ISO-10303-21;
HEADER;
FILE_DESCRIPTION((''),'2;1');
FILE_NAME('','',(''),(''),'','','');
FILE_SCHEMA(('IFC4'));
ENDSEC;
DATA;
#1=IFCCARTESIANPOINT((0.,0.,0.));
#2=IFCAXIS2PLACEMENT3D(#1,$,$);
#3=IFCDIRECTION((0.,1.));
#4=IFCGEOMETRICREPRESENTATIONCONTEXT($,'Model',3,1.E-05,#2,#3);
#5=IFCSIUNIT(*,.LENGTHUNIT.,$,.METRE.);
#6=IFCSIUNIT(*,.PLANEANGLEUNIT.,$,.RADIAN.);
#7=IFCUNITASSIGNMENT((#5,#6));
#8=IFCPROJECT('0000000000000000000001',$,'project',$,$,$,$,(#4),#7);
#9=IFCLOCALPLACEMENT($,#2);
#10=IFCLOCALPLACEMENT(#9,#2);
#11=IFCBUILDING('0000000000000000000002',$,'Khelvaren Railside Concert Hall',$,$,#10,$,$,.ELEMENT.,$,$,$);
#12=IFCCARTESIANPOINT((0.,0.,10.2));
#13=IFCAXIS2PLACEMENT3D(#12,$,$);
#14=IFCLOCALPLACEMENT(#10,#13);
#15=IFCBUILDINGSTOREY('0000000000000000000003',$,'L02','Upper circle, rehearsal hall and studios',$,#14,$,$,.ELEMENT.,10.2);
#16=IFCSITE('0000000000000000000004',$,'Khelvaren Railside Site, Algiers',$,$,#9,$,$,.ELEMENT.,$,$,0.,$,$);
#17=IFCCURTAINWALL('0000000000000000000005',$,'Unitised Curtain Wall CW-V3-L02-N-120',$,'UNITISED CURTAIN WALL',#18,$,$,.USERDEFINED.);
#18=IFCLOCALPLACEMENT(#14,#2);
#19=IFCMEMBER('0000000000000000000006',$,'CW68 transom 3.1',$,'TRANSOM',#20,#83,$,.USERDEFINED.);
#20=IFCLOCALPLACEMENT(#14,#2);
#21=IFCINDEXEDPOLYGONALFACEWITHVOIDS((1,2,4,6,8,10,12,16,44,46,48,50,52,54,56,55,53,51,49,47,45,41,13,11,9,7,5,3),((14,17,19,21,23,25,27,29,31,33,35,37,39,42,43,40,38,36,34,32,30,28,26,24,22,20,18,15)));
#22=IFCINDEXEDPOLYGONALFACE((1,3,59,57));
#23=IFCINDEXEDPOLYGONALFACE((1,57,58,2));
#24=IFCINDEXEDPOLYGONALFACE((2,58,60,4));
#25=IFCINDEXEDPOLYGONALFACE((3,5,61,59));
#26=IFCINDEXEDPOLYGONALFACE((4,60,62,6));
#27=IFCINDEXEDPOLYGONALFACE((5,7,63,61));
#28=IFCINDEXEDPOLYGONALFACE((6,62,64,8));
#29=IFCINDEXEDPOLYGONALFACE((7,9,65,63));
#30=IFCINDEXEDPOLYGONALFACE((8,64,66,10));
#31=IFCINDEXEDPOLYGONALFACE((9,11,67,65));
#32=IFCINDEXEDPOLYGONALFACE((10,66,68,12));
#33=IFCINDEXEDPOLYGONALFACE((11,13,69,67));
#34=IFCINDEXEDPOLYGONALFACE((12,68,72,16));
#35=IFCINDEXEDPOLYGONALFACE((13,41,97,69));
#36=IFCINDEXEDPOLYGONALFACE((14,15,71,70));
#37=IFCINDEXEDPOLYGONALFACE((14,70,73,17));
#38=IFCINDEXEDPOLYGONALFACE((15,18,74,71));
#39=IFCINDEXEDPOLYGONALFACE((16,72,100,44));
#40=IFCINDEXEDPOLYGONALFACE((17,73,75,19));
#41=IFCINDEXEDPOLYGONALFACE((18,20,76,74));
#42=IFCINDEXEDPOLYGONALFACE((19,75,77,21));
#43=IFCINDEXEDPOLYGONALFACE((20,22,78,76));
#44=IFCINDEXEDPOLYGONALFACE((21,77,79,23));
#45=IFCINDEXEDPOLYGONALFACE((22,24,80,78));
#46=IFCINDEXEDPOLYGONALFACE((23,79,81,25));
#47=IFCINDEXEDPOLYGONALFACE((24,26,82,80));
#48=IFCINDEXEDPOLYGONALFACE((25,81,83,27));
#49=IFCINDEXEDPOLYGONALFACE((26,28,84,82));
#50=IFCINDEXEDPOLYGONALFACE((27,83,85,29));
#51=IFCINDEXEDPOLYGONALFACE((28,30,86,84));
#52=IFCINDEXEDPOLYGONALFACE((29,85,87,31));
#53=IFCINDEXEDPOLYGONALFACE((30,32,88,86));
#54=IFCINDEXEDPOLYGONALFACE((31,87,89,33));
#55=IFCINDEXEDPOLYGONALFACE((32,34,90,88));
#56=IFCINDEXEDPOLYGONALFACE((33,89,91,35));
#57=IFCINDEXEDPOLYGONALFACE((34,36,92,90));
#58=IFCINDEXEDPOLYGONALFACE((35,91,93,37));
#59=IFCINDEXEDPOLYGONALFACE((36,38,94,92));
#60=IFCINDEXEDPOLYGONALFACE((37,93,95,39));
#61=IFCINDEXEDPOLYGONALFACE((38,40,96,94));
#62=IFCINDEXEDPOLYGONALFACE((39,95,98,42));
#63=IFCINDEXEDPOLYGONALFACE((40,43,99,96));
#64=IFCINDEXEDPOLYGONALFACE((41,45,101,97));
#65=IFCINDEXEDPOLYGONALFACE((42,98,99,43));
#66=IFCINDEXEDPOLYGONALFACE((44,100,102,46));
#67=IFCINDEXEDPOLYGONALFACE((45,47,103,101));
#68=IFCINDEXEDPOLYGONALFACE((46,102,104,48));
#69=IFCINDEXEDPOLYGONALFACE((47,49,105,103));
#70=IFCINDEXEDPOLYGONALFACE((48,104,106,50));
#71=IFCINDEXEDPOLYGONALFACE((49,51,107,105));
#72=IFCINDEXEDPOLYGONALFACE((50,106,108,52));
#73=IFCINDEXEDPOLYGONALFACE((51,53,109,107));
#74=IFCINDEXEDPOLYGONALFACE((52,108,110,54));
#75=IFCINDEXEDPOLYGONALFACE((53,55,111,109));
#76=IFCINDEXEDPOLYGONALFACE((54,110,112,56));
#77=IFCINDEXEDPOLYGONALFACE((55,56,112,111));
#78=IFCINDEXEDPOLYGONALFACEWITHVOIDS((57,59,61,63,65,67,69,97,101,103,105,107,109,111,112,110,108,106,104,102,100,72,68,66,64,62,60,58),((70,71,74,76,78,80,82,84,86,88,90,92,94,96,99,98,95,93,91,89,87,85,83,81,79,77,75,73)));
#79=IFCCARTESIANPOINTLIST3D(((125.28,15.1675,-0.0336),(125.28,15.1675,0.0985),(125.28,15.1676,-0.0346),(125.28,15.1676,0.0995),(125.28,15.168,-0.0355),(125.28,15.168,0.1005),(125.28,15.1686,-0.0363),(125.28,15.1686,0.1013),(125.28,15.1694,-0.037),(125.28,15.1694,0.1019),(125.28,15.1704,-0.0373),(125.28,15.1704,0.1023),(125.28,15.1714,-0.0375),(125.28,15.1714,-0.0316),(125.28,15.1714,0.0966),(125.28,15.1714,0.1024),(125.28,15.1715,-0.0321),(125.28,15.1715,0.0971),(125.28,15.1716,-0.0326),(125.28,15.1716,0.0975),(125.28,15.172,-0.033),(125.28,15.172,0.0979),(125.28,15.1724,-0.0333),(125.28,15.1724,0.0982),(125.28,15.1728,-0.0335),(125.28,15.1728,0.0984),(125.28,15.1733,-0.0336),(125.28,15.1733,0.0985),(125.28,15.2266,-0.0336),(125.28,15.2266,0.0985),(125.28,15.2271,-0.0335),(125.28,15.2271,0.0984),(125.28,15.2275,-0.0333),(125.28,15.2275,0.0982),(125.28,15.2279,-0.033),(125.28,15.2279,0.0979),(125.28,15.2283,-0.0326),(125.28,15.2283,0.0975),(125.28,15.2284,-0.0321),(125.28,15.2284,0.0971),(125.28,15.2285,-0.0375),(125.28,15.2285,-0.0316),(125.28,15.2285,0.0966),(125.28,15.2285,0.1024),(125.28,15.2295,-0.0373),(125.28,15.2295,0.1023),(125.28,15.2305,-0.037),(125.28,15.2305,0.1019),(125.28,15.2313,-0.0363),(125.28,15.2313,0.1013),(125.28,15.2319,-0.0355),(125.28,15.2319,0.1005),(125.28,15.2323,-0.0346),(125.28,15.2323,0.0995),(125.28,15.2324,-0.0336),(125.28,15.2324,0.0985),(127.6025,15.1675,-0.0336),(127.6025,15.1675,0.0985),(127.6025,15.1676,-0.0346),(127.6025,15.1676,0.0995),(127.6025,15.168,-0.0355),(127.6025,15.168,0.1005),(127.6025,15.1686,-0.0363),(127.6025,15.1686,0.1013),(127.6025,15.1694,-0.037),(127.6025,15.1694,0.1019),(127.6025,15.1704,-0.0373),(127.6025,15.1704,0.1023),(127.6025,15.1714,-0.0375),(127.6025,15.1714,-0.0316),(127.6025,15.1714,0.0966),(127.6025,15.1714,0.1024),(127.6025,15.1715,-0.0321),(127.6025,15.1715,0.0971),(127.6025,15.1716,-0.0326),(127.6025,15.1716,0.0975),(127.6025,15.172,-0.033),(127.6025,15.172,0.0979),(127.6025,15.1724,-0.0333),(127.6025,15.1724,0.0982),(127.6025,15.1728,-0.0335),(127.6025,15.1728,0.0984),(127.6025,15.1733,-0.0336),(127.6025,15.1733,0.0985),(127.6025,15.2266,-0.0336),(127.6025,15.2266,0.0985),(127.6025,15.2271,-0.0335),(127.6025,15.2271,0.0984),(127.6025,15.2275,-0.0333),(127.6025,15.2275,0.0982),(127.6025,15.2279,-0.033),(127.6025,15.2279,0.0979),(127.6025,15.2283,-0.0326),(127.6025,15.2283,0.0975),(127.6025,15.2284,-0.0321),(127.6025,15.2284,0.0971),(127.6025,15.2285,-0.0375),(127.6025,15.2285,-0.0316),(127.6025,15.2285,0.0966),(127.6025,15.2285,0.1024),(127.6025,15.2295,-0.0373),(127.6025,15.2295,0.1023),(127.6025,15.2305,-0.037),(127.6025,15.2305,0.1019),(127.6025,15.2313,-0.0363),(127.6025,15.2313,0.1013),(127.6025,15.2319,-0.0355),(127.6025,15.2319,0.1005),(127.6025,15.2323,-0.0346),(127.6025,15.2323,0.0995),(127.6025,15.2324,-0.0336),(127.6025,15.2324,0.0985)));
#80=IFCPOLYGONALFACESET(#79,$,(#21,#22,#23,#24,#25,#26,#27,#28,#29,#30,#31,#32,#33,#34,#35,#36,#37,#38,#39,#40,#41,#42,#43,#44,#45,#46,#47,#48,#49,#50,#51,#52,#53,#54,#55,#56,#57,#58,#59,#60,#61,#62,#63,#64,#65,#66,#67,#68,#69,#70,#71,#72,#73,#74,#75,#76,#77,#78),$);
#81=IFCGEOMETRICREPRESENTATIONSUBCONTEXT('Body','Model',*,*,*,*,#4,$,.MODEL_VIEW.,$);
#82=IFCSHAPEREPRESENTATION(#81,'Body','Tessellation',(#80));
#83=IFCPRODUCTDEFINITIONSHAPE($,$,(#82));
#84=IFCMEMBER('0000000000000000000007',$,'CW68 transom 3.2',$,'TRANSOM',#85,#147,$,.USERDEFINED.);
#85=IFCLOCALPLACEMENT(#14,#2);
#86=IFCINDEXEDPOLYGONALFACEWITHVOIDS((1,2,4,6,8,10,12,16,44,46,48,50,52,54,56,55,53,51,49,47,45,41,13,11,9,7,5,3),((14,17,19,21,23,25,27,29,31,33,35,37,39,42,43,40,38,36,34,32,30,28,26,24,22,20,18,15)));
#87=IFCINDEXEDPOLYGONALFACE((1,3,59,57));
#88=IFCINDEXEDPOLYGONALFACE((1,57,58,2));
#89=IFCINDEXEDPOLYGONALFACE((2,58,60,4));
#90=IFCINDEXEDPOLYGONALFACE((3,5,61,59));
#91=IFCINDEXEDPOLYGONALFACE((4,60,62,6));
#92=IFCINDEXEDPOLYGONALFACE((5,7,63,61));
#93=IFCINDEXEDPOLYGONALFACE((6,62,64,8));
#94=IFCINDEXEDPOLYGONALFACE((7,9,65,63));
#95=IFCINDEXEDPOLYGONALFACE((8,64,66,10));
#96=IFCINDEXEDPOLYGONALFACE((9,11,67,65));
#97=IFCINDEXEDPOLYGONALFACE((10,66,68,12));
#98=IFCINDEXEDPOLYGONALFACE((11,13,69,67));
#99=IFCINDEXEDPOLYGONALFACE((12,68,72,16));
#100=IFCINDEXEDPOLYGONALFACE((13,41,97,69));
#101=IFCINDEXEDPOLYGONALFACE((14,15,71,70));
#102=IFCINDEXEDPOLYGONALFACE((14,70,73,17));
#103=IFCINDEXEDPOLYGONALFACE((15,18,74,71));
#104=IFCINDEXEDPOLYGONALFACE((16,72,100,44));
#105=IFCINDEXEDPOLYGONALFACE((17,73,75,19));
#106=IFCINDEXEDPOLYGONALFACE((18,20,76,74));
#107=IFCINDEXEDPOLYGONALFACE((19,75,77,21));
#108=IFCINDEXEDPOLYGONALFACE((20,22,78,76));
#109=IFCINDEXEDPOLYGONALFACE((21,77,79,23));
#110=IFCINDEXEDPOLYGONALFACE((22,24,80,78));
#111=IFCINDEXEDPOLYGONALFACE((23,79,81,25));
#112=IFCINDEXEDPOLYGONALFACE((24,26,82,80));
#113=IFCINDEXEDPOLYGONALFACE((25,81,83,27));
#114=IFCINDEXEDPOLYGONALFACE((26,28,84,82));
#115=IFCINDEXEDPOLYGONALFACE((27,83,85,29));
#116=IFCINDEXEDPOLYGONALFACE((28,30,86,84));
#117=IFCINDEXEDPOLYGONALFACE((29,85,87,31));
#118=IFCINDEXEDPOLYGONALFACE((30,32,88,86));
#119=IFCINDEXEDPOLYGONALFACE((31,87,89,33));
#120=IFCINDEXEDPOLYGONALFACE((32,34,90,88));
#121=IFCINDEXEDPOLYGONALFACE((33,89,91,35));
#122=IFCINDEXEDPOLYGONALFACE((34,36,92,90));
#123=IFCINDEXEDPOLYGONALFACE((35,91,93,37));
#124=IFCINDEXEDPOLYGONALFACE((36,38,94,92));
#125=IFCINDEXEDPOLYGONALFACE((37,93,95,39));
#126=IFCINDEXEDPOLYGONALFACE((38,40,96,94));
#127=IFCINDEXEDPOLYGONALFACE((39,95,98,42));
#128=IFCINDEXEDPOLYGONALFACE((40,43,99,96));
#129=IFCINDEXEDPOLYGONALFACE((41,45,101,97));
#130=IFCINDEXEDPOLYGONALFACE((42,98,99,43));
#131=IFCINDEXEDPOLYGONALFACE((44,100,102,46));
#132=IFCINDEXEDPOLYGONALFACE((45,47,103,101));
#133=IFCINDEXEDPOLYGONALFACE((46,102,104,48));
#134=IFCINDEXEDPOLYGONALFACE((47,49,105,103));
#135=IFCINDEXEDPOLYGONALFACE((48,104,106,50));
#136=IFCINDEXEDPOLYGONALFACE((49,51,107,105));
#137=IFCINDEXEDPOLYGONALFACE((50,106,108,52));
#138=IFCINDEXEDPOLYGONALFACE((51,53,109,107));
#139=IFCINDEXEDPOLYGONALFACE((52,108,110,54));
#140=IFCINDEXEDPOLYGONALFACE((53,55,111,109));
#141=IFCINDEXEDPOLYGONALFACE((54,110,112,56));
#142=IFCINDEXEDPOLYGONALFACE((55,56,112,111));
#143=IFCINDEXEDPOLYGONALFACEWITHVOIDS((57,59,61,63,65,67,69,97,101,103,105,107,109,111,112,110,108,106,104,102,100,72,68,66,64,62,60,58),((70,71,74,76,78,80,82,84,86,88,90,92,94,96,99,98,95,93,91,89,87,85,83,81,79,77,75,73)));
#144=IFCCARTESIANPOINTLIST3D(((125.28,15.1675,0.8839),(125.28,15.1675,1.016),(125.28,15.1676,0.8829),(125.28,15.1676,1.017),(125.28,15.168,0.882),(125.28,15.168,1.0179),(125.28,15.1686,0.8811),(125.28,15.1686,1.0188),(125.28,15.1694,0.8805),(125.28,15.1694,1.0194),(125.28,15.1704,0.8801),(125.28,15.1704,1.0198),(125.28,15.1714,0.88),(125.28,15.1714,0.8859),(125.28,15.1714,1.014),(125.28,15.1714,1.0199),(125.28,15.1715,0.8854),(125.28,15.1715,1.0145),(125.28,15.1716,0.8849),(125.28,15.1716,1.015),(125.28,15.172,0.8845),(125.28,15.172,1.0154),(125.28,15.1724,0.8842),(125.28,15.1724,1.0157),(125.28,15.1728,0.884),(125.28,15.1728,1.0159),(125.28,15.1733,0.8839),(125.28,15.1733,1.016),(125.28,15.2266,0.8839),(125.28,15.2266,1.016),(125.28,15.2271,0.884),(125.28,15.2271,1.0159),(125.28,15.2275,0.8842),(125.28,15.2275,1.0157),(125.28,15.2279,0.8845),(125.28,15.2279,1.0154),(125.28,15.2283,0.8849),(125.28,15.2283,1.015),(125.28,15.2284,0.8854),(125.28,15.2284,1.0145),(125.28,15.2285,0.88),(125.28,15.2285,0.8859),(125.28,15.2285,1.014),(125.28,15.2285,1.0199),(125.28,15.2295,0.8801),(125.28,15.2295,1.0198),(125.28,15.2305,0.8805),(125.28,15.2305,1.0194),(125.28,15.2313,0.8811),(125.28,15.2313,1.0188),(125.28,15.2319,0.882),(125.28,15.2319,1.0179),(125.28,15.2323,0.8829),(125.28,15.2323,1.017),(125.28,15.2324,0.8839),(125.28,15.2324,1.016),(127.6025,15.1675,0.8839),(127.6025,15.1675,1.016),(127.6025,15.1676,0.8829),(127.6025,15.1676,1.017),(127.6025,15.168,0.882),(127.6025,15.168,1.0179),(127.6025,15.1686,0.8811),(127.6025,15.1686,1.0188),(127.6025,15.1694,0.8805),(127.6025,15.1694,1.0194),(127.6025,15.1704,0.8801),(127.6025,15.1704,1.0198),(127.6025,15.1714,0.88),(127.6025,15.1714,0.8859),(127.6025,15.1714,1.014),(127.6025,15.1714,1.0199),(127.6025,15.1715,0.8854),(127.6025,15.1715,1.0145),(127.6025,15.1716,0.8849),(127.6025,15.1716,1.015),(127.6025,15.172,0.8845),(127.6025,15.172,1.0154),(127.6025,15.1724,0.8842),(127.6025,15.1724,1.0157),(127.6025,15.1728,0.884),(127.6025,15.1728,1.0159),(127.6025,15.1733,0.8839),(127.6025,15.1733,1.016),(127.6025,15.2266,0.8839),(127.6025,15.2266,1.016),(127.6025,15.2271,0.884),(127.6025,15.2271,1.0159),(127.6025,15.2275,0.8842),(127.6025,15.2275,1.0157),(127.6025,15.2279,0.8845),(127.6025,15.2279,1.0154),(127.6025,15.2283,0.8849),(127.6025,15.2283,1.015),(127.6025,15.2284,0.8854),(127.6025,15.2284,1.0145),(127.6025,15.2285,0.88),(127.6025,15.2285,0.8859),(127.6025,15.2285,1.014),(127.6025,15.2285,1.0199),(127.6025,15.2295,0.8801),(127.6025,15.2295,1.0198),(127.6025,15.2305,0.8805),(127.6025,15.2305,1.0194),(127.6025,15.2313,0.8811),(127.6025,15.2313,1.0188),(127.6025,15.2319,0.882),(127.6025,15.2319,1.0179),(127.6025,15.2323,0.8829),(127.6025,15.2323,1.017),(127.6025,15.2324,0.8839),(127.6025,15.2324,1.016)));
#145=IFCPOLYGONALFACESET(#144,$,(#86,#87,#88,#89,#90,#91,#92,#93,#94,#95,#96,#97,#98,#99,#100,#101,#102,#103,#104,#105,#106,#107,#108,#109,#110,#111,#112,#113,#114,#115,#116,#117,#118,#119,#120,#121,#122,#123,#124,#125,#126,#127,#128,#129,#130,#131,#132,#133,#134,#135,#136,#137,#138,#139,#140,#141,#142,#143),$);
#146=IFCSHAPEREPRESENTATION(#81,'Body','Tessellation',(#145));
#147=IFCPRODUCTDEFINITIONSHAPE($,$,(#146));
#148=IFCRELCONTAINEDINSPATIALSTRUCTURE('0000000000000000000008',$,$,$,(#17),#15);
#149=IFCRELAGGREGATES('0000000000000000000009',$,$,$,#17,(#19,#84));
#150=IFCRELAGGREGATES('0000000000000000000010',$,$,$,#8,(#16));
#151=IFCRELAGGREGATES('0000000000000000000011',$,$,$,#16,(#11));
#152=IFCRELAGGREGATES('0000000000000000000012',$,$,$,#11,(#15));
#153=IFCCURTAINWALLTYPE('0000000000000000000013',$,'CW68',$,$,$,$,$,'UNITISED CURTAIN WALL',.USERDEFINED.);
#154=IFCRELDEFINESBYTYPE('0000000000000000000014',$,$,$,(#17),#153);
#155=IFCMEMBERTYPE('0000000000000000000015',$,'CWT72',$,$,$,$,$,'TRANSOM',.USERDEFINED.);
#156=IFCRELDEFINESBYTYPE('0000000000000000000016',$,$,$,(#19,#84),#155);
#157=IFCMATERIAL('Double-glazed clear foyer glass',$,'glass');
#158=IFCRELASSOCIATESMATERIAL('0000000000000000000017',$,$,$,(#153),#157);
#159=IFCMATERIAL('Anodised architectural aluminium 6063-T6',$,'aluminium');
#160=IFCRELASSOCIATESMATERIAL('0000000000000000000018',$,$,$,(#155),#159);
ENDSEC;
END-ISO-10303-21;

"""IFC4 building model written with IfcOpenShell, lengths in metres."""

from ifc_helpers import new_model, si_unit, direction, frame, origin, origin_2d, place, context, subcontext, project, spatial, hollow_rectangle, extrude, material, material_profile, profile_set, type_object, element, aggregate, save


model = new_model("IFC4")

# Units and contexts
model_context = context("Model", 3, precision=1e-05, world=origin(), true_north=direction((0.0, 1.0)))
body_context = subcontext(model_context, "Body", "Model", "MODEL_VIEW")
ifc_project = project(units=[si_unit("LENGTHUNIT", "METRE"), si_unit("PLANEANGLEUNIT", "RADIAN")], contexts=[model_context])

# Site, building, storey
site_placement = place(None, origin())
site = spatial("IfcSite", under=ifc_project, at=site_placement, Name="Khelvaren Railside Site, Algiers", CompositionType="ELEMENT", RefElevation=0.0)
building_placement = place(site_placement, origin())
building = spatial("IfcBuilding", under=site, at=building_placement, Name="Khelvaren Railside Concert Hall", CompositionType="ELEMENT")
storey_placement = place(building_placement, frame((0.0, 0.0, 10.2)))
storey = spatial("IfcBuildingStorey", under=building, at=storey_placement, Name="L02", Description="Upper circle, rehearsal hall and studios", CompositionType="ELEMENT", Elevation=10.2)

# Curtain wall, members
ifc_material_1 = material(Name="Double-glazed clear foyer glass", Category="glass")
curtain_wall_type = type_object("IfcCurtainWallType", Name="CW68", ElementType="UNITISED CURTAIN WALL", PredefinedType="USERDEFINED", material=ifc_material_1)
curtain_wall_placement = place(storey_placement, origin())
curtain_wall = element("IfcCurtainWall", 1, at=curtain_wall_placement, inside=storey, type_object=curtain_wall_type, Name="Unitised Curtain Wall CW-V3-L02-N-120", ObjectType="UNITISED CURTAIN WALL", PredefinedType="USERDEFINED")
ifc_material_2 = material(Name="Anodised architectural aluminium 6063-T6", Category="aluminium")
ifc_material_profile_1 = material_profile(ifc_material_2, hollow_rectangle(XDim=0.0649, YDim=0.1399, WallThickness=0.0039, InnerFilletRadius=0.002, OuterFilletRadius=0.0039, at=origin_2d()), Name="CWT 65x140x4")
ifc_profile_set_1 = profile_set([ifc_material_profile_1], Name="Anodised architectural aluminium 6063-T6")
member_type_1 = type_object("IfcMemberType", Name="CWT72", ElementType="TRANSOM", PredefinedType="USERDEFINED", material=ifc_profile_set_1)
member_1_placement = place(storey_placement, frame((125.28, 15.2, 0.0325), z_axis=(1.0, 0.0, 0.0), x_axis=(0.0, 1.0, 0.0)))
member_1 = element("IfcMember", 2, at=member_1_placement, type_object=member_type_1, Name="CW68 transom 3.1", ObjectType="TRANSOM", PredefinedType="USERDEFINED", context=body_context, shape_type="SweptSolid", body=[
    extrude(hollow_rectangle(XDim=0.0649, YDim=0.1399, WallThickness=0.0039, InnerFilletRadius=0.002, OuterFilletRadius=0.0039, at=origin_2d()), origin(), (0.0, 0.0, 1.0), 2.3225),
])
member_2_placement = place(storey_placement, frame((125.28, 15.2, 0.95), z_axis=(1.0, 0.0, 0.0), x_axis=(0.0, 1.0, 0.0)))
member_2 = element("IfcMember", 3, at=member_2_placement, type_object=member_type_1, Name="CW68 transom 3.2", ObjectType="TRANSOM", PredefinedType="USERDEFINED", context=body_context, shape_type="SweptSolid", body=[
    extrude(hollow_rectangle(XDim=0.0649, YDim=0.1399, WallThickness=0.0039, InnerFilletRadius=0.002, OuterFilletRadius=0.0039, at=origin_2d()), origin(), (0.0, 0.0, 1.0), 2.3225),
])
aggregate(curtain_wall, [member_1, member_2])

save(model, "model.ifc")
